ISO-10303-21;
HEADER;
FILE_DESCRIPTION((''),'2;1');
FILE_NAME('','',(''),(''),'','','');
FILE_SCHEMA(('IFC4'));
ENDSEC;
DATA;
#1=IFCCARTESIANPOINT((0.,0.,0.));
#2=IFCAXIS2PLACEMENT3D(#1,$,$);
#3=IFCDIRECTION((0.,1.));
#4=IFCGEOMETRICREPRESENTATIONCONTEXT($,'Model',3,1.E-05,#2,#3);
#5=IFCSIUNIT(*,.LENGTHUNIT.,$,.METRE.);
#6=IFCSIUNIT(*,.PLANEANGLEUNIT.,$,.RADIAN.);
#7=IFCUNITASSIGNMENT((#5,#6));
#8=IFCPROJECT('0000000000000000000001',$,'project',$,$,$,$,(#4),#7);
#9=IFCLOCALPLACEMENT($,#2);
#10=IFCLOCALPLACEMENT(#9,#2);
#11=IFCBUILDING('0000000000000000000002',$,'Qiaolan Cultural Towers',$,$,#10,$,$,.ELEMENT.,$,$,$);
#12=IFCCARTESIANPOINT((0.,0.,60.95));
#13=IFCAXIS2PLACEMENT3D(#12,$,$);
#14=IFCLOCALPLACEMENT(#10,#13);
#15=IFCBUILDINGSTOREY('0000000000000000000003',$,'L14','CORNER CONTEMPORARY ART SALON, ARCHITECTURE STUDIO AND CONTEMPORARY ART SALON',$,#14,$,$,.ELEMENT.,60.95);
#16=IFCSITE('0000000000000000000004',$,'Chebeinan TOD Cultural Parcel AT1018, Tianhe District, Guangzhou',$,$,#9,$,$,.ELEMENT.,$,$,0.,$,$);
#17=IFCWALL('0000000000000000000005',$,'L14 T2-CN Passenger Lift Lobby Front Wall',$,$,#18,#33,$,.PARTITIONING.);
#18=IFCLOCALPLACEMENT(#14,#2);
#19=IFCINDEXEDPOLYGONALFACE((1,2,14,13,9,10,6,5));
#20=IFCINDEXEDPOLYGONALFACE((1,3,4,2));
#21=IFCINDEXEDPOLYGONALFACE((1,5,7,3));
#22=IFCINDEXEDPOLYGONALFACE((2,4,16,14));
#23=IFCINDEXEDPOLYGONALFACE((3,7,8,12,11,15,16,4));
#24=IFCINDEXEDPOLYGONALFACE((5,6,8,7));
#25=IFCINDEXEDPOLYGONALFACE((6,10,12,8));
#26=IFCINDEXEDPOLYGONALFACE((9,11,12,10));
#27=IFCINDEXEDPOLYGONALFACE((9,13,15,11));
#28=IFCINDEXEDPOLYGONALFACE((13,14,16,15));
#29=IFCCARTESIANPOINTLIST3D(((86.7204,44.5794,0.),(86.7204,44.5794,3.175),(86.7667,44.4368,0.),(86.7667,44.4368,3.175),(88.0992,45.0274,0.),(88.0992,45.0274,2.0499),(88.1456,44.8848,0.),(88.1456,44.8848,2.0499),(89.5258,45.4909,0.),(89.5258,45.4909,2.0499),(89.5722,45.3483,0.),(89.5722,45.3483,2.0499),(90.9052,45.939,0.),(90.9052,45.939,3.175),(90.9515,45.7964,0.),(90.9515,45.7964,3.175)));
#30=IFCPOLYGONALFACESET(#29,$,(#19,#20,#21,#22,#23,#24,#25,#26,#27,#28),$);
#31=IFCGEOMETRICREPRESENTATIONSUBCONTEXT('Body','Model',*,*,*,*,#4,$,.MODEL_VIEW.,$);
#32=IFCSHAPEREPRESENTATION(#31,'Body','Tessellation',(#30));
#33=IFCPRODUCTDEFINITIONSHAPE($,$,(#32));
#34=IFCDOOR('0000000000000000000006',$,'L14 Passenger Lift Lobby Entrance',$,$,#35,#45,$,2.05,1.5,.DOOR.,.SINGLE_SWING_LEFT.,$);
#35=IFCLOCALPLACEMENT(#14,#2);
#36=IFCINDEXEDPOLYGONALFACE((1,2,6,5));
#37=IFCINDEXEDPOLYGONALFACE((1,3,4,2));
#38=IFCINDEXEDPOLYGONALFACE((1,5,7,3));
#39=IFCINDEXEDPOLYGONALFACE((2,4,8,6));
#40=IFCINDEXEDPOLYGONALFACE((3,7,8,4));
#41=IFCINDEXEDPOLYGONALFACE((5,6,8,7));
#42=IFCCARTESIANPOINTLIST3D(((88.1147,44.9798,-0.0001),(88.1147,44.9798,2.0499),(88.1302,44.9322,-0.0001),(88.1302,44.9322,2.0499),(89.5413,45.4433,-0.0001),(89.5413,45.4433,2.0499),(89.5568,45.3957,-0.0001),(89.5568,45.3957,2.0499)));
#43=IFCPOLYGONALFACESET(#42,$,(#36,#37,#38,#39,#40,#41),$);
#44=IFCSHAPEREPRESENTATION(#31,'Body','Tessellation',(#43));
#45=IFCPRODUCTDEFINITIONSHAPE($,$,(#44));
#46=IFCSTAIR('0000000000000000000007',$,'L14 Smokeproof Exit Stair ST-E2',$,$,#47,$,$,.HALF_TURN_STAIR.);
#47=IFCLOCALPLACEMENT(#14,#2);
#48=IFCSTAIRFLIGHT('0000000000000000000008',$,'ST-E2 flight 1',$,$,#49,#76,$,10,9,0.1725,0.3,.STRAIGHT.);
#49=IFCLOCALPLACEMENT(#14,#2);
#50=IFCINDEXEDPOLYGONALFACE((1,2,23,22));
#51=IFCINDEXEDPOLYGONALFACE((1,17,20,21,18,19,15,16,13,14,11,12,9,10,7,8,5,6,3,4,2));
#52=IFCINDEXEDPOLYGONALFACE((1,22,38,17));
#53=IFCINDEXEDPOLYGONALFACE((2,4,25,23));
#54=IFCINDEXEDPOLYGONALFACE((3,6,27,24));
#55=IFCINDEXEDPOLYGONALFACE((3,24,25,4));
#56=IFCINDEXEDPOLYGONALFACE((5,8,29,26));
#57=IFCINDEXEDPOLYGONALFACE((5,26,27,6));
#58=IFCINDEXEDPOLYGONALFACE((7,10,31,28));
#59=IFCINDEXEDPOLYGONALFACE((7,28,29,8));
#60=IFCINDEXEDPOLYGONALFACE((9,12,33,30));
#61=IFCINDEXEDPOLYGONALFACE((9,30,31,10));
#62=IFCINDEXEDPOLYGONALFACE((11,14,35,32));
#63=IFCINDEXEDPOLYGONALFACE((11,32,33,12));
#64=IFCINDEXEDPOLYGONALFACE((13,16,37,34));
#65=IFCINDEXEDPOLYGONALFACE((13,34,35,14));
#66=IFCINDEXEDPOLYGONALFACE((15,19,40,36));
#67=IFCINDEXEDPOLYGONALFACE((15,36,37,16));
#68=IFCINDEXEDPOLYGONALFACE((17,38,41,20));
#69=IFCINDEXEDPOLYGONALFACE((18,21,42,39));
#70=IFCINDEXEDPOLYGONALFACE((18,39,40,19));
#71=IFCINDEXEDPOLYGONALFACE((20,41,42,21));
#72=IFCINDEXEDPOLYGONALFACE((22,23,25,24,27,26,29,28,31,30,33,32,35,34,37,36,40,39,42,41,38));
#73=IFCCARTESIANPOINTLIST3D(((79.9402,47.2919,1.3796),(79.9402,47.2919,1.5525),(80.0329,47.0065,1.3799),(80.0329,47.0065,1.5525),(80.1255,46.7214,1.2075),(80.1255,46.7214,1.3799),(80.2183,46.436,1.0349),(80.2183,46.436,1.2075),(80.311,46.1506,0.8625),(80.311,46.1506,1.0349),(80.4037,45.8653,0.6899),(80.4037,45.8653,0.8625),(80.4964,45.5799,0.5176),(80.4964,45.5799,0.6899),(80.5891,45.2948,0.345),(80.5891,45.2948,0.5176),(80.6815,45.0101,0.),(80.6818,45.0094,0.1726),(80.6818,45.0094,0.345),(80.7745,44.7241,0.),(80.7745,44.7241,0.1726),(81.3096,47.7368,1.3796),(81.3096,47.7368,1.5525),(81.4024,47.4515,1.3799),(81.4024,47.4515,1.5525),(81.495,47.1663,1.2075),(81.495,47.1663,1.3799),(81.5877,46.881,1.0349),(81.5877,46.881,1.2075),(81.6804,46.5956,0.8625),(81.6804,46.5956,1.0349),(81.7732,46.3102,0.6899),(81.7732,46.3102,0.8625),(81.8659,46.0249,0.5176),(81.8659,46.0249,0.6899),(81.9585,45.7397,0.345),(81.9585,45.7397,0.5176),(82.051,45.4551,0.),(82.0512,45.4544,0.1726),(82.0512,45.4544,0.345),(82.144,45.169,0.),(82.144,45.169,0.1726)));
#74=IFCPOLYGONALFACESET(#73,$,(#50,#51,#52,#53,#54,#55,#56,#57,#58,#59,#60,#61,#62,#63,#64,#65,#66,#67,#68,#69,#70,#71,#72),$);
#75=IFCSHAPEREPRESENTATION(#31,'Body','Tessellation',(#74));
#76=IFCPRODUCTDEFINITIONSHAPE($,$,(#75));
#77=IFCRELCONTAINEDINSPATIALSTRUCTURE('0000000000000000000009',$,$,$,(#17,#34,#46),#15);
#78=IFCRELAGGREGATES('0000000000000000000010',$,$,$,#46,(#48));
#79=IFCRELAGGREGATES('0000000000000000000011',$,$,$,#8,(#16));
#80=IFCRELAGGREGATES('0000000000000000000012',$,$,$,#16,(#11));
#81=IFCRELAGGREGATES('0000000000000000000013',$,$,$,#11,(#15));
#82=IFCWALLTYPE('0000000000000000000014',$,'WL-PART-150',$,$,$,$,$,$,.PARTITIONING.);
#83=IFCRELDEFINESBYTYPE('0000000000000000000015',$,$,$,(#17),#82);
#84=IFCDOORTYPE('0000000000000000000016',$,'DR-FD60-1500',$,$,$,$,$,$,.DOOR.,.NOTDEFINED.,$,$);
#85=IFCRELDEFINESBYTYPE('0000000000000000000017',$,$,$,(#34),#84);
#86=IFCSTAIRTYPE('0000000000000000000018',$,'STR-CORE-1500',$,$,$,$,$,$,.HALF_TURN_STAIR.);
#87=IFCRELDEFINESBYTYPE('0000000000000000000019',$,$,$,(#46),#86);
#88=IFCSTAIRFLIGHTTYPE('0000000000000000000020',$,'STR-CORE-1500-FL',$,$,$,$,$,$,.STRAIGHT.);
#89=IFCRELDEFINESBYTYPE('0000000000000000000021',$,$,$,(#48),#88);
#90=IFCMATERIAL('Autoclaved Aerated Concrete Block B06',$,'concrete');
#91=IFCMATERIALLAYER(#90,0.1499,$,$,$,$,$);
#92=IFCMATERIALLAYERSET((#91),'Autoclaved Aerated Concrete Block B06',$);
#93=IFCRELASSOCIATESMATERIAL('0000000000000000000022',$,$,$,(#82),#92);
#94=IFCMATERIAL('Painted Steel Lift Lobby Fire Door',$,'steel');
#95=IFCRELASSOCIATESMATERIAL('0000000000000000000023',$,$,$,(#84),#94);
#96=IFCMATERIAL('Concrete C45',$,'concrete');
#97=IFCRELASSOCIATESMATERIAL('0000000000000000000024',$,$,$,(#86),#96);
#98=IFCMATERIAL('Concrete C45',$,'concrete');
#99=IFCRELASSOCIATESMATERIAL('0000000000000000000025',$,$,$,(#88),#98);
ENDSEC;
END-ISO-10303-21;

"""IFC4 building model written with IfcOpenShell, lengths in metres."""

from ifc_helpers import new_model, si_unit, direction, frame, frame_2d, origin, place, context, subcontext, project, spatial, polyline, rectangle, outline, extrude, material, layer, layer_set, type_object, element, fill, aggregate, save


model = new_model("IFC4")

# Units and contexts
model_context = context("Model", 3, precision=1e-05, world=origin(), true_north=direction((0.0, 1.0)))
body_context = subcontext(model_context, "Body", "Model", "MODEL_VIEW")
ifc_project = project(units=[si_unit("LENGTHUNIT", "METRE"), si_unit("PLANEANGLEUNIT", "RADIAN")], contexts=[model_context])

# Site, building, storey
site_placement = place(None, origin())
site = spatial("IfcSite", under=ifc_project, at=site_placement, Name="Chebeinan TOD Cultural Parcel AT1018, Tianhe District, Guangzhou", CompositionType="ELEMENT", RefElevation=0.0)
building_placement = place(site_placement, origin())
building = spatial("IfcBuilding", under=site, at=building_placement, Name="Qiaolan Cultural Towers", CompositionType="ELEMENT")
storey_placement = place(building_placement, frame((0.0, 0.0, 60.95)))
storey = spatial("IfcBuildingStorey", under=building, at=storey_placement, Name="L14", Description="CORNER CONTEMPORARY ART SALON, ARCHITECTURE STUDIO AND CONTEMPORARY ART SALON", CompositionType="ELEMENT", Elevation=60.95)

# Wall, opening, door
ifc_material_1 = material(Name="Autoclaved Aerated Concrete Block B06", Category="concrete")
ifc_layer_1 = layer(ifc_material_1, 0.1499)
ifc_layer_set_1 = layer_set([ifc_layer_1], Name="Autoclaved Aerated Concrete Block B06")
wall_type_1 = type_object("IfcWallType", Name="WL-PART-150", PredefinedType="PARTITIONING", material=ifc_layer_set_1)
wall_1_placement = place(storey_placement, frame((86.7434, 44.5081, 0.0), z_axis=(0.0, 0.0, 1.0), x_axis=(0.951064, 0.308994, 0.0)))
wall_1 = element("IfcWall", 1, at=wall_1_placement, inside=storey, type_object=wall_type_1, Name="L14 T2-CN Passenger Lift Lobby Front Wall", PredefinedType="PARTITIONING", context=body_context, shape_type="SweptSolid", body=[
    extrude(rectangle(XDim=4.4001, YDim=0.1499, at=frame_2d((2.2002, 0.0))), origin(), (0.0, 0.0, 1.0), 3.175),
])
opening_1_placement = place(wall_1_placement, frame((1.45, 0.0, 0.0)))
opening_1 = element("IfcOpeningElement", 2, at=opening_1_placement, cuts=wall_1, PredefinedType="OPENING", context=body_context, shape_type="SweptSolid", body=[
    extrude(rectangle(XDim=1.5, YDim=2.05, at=frame_2d((0.75, 1.0249))), frame((0.0, 0.085, 0.0), z_axis=(0.0, -1.0, 0.0), x_axis=(1.0, 0.0, 0.0)), (0.0, 0.0, 1.0), 0.1699),
])
ifc_material_2 = material(Name="Painted Steel Lift Lobby Fire Door", Category="steel")
door_type_1 = type_object("IfcDoorType", Name="DR-FD60-1500", OperationType="NOTDEFINED", PredefinedType="DOOR", material=ifc_material_2)
door_1_placement = place(opening_1_placement, origin())
door_1 = element("IfcDoor", 3, at=door_1_placement, inside=storey, type_object=door_type_1, Name="L14 Passenger Lift Lobby Entrance", OperationType="SINGLE_SWING_LEFT", OverallHeight=2.05, OverallWidth=1.5, PredefinedType="DOOR", context=body_context, shape_type="SweptSolid", body=[
    extrude(rectangle(XDim=1.5, YDim=2.05, at=frame_2d((0.75, 1.0249))), frame((0.0, 0.0249, 0.0), z_axis=(0.0, -1.0, 0.0), x_axis=(1.0, 0.0, 0.0)), (0.0, 0.0, 1.0), 0.05),
])
fill(opening_1, door_1)

# Stair, stair flight
ifc_material_3 = material(Name="Concrete C45", Category="concrete")
stair_type = type_object("IfcStairType", Name="STR-CORE-1500", PredefinedType="HALF_TURN_STAIR", material=ifc_material_3)
stair_placement = place(storey_placement, origin())
stair = element("IfcStair", 4, at=stair_placement, inside=storey, type_object=stair_type, Name="L14 Smokeproof Exit Stair ST-E2", PredefinedType="HALF_TURN_STAIR")
ifc_material_4 = material(Name="Concrete C45", Category="concrete")
stair_flight_type = type_object("IfcStairFlightType", Name="STR-CORE-1500-FL", PredefinedType="STRAIGHT", material=ifc_material_4)
stair_flight_placement = place(storey_placement, frame((81.4592, 44.9465, 0.0), z_axis=(0.0, 0.0, 1.0), x_axis=(-0.309017, 0.951057, 0.0)))
stair_flight = element("IfcStairFlight", 5, at=stair_flight_placement, type_object=stair_flight_type, Name="ST-E2 flight 1", NumberOfRisers=10, NumberOfTreads=9, PredefinedType="STRAIGHT", RiserHeight=0.1725, TreadLength=0.3, context=body_context, shape_type="SweptSolid", body=[
    extrude(outline(polyline([(0.0, 0.0), (0.0, 0.1726), (0.3, 0.1726), (0.3, 0.345), (0.6001, 0.345), (0.6001, 0.5176), (0.8999, 0.5176), (0.8999, 0.6899), (1.2, 0.6899), (1.2, 0.8625), (1.5, 0.8625), (1.5, 1.0349), (1.8, 1.0349), (1.8, 1.2075), (2.1001, 1.2075), (2.1001, 1.3799), (2.3999, 1.3799), (2.3999, 1.5525), (2.7, 1.5525), (2.7, 1.7251), (2.7, 1.3796), (0.3008, 0.0), (0.0, 0.0)])), frame((0.0, 0.72, 0.0), z_axis=(0.0, -1.0, 0.0), x_axis=(1.0, 0.0, 0.0)), (0.0, 0.0, 1.0), 1.4399),
])
aggregate(stair, [stair_flight])

save(model, "model.ifc")
